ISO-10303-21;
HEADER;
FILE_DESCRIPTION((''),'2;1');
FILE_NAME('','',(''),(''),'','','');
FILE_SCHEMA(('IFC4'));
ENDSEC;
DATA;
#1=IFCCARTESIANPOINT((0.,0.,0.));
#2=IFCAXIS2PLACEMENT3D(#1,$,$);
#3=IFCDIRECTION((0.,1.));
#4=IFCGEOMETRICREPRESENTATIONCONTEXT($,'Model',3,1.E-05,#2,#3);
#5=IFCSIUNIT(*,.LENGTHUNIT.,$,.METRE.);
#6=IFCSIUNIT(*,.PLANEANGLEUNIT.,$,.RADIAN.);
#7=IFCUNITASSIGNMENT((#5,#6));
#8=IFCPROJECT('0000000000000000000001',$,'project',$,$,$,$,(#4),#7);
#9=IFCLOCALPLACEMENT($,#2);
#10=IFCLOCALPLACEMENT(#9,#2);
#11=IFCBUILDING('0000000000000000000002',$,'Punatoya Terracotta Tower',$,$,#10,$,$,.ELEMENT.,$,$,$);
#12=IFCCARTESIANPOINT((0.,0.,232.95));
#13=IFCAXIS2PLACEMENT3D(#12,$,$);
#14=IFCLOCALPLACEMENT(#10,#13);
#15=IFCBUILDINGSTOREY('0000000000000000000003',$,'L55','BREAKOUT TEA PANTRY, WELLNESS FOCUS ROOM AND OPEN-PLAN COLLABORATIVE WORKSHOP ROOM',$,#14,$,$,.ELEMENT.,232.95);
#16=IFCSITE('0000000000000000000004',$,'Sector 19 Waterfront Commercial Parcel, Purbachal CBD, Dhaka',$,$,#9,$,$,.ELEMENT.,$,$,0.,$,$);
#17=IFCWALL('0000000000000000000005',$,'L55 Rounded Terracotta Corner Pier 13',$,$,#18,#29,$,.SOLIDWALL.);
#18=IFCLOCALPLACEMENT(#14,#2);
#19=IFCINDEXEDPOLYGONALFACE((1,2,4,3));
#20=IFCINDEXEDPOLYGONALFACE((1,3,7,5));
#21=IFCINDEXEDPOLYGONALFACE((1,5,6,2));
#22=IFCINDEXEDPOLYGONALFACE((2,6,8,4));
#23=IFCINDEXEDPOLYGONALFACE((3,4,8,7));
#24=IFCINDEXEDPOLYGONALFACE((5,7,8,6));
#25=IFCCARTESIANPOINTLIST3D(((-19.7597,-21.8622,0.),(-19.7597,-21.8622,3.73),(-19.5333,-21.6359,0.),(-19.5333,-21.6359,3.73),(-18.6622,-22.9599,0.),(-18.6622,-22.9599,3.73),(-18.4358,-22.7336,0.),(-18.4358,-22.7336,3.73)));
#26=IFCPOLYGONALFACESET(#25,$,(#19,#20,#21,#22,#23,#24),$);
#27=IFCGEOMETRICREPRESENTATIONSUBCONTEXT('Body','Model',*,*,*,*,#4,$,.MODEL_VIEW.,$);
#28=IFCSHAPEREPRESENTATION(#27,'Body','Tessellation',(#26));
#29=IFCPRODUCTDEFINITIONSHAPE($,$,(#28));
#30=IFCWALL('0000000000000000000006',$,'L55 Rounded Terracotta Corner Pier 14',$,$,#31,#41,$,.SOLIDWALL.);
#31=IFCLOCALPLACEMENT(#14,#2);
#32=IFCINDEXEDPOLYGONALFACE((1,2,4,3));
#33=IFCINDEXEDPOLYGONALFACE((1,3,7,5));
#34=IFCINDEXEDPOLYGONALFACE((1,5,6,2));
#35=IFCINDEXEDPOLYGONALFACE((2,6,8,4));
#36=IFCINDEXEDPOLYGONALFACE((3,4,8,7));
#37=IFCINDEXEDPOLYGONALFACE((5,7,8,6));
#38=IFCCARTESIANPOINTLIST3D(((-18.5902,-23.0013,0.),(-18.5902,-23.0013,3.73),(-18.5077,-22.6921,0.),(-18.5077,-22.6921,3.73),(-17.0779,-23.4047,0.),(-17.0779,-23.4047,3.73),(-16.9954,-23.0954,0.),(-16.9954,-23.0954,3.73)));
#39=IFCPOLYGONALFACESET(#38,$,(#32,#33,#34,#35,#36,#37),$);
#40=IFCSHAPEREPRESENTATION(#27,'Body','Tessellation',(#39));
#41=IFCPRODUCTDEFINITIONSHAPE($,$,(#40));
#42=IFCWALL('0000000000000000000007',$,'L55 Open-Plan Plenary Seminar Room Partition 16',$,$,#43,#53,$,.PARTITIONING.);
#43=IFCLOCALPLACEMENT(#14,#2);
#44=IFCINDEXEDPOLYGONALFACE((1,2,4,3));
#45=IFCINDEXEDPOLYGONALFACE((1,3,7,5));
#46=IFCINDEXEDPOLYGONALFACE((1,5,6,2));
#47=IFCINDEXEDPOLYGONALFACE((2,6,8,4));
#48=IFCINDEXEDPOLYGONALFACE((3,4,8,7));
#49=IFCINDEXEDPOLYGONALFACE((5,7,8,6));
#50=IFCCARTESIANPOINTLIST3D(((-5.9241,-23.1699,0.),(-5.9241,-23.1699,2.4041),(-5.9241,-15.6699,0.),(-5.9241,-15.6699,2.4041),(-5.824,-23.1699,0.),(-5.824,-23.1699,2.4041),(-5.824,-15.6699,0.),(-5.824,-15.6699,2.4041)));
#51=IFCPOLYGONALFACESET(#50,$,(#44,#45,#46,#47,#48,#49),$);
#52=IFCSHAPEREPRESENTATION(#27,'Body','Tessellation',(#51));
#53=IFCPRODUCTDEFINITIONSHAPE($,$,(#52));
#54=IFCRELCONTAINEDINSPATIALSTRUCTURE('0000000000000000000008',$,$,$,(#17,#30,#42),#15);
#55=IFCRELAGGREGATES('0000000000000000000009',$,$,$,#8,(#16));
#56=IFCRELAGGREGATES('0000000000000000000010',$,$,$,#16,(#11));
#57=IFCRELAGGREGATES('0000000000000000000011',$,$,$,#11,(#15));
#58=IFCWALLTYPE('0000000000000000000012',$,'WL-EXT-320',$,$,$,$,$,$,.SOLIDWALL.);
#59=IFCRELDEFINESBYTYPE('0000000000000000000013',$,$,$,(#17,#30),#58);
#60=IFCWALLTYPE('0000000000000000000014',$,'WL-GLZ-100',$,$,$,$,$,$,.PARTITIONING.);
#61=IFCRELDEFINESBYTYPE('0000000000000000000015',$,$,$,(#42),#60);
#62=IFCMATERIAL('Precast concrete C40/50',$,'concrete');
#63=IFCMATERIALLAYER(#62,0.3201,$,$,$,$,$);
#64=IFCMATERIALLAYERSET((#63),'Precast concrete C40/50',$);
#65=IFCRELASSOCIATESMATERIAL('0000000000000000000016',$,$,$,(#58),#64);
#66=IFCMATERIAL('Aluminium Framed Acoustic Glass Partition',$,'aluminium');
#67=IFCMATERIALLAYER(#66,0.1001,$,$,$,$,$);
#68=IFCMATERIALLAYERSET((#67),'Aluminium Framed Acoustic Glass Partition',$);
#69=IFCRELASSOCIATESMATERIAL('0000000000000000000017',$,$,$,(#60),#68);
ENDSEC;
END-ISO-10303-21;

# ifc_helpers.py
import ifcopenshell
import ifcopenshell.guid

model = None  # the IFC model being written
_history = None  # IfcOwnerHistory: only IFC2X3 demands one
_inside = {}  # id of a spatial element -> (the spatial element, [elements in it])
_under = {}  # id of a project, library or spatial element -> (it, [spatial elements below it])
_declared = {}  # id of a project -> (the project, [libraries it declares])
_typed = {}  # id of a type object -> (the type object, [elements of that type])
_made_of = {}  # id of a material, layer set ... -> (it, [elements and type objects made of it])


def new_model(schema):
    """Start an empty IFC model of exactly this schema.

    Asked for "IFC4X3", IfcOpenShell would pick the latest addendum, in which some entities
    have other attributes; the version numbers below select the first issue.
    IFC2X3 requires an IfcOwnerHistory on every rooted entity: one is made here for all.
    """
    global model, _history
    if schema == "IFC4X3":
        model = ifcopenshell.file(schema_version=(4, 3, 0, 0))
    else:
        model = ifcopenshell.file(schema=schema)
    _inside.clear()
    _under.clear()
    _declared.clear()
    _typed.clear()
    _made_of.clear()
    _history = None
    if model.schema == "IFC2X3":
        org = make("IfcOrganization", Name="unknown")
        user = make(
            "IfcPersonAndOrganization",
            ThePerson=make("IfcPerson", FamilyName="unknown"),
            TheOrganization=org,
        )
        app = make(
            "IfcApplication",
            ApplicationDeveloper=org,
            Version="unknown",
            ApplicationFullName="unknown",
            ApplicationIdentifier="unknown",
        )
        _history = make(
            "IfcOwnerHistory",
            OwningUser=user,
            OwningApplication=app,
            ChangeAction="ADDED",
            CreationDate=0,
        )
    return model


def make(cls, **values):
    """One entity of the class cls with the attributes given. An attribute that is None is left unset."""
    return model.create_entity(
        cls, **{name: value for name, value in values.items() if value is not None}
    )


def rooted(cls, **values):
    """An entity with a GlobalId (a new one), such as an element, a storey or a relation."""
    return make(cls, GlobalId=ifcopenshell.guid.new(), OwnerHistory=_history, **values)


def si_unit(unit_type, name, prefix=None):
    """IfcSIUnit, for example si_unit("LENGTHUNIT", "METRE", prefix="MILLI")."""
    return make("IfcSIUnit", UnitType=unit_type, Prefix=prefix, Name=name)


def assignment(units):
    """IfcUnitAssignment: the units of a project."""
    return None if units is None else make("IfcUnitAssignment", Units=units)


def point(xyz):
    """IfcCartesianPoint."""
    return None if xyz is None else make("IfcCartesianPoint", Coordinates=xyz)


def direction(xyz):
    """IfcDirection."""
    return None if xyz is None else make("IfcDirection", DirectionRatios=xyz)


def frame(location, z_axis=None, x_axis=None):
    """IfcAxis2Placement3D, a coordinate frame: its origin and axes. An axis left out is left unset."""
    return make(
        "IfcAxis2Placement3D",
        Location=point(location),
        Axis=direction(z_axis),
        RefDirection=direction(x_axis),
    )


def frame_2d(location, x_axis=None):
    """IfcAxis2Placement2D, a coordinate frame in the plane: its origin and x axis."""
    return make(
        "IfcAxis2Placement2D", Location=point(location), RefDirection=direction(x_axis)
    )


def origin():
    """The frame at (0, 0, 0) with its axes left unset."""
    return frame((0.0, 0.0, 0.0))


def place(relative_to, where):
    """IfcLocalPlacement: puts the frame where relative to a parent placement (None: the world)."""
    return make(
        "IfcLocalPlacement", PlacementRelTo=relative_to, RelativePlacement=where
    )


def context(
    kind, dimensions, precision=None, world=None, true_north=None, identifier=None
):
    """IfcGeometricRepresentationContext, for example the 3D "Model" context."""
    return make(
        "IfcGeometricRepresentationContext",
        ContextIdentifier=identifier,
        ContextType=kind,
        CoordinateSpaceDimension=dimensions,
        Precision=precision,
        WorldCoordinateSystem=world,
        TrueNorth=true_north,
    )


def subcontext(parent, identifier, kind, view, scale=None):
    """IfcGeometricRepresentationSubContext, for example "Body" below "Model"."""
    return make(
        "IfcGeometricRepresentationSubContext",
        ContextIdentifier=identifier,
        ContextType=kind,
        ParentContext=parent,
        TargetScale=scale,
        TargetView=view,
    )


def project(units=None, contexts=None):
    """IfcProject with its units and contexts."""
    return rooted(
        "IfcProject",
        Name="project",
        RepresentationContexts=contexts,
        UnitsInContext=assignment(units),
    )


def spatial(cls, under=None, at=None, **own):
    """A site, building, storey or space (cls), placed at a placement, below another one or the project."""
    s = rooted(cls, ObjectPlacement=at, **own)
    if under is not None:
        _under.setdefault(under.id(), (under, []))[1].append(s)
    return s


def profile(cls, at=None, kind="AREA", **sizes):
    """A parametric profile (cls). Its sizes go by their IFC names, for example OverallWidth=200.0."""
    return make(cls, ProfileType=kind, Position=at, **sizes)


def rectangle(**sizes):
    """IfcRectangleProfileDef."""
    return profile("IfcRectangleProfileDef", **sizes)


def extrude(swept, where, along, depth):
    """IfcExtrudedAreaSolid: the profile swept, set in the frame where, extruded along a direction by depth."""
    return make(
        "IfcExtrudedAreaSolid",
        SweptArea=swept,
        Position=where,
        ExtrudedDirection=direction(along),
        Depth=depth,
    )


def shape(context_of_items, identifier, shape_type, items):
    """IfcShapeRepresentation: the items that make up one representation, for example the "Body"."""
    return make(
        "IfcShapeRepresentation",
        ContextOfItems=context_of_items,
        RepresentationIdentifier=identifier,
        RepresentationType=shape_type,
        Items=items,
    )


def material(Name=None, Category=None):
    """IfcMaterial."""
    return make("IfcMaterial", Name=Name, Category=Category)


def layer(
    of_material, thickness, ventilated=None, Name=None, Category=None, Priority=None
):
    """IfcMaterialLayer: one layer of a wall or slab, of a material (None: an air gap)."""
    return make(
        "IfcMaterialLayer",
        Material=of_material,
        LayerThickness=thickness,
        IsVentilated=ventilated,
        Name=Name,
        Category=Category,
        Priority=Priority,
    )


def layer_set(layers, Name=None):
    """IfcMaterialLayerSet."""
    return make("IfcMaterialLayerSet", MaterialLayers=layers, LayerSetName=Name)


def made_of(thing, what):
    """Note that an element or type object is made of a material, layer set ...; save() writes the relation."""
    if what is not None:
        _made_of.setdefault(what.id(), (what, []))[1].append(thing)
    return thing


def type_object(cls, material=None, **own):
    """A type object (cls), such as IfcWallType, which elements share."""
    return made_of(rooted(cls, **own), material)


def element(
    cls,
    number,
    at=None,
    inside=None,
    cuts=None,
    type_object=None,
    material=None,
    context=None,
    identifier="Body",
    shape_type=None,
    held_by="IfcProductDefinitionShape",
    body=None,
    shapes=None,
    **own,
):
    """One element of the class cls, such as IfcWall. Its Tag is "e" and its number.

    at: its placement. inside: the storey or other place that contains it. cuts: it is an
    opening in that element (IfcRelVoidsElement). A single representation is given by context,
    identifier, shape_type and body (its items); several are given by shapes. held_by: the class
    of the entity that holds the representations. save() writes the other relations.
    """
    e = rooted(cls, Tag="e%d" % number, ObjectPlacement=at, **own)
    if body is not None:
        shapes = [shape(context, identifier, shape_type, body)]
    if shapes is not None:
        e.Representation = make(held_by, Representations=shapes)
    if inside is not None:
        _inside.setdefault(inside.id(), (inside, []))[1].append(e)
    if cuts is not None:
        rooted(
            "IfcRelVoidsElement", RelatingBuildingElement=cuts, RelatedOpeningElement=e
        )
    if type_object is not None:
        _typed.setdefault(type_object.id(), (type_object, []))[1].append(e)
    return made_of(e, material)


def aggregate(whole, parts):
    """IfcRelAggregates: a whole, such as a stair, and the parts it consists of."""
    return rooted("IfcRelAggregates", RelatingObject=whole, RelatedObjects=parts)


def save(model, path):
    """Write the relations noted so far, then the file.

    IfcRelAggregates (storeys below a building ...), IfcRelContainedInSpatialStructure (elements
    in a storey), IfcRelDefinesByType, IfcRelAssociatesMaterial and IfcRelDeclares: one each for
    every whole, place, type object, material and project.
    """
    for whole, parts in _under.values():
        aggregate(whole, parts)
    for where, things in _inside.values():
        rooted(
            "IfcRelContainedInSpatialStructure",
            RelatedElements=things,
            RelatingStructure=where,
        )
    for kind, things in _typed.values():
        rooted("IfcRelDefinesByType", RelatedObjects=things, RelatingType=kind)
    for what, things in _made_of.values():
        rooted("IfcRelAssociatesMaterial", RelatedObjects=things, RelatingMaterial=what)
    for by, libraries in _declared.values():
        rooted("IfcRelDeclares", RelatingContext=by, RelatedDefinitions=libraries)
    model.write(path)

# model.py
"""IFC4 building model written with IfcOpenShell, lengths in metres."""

from ifc_helpers import new_model, si_unit, direction, frame, frame_2d, origin, place, context, subcontext, project, spatial, rectangle, extrude, material, layer, layer_set, type_object, element, save


model = new_model("IFC4")

# Units and contexts
model_context = context("Model", 3, precision=1e-05, world=origin(), true_north=direction((0.0, 1.0)))
body_context = subcontext(model_context, "Body", "Model", "MODEL_VIEW")
ifc_project = project(units=[si_unit("LENGTHUNIT", "METRE"), si_unit("PLANEANGLEUNIT", "RADIAN")], contexts=[model_context])

# Site, building, storey
site_placement = place(None, origin())
site = spatial("IfcSite", under=ifc_project, at=site_placement, Name="Sector 19 Waterfront Commercial Parcel, Purbachal CBD, Dhaka", CompositionType="ELEMENT", RefElevation=0.0)
building_placement = place(site_placement, origin())
building = spatial("IfcBuilding", under=site, at=building_placement, Name="Punatoya Terracotta Tower", CompositionType="ELEMENT")
storey_placement = place(building_placement, frame((0.0, 0.0, 232.95)))
storey = spatial("IfcBuildingStorey", under=building, at=storey_placement, Name="L55", Description="BREAKOUT TEA PANTRY, WELLNESS FOCUS ROOM AND OPEN-PLAN COLLABORATIVE WORKSHOP ROOM", CompositionType="ELEMENT", Elevation=232.95)

# Walls
ifc_material_1 = material(Name="Precast concrete C40/50", Category="concrete")
ifc_layer_1 = layer(ifc_material_1, 0.3201)
ifc_layer_set_1 = layer_set([ifc_layer_1], Name="Precast concrete C40/50")
wall_type_1 = type_object("IfcWallType", Name="WL-EXT-320", PredefinedType="SOLIDWALL", material=ifc_layer_set_1)
wall_1_placement = place(storey_placement, frame((-19.6465, -21.749, 0.0), z_axis=(0.0, 0.0, 1.0), x_axis=(0.707028, -0.707185, 0.0)))
element("IfcWall", 1, at=wall_1_placement, inside=storey, type_object=wall_type_1, Name="L55 Rounded Terracotta Corner Pier 13", PredefinedType="SOLIDWALL", context=body_context, shape_type="SweptSolid", body=[
    extrude(rectangle(XDim=1.5522, YDim=0.3201, at=frame_2d((0.7761, 0.0))), origin(), (0.0, 0.0, 1.0), 3.73),
])
wall_2_placement = place(storey_placement, frame((-18.5491, -22.8467, 0.0), z_axis=(0.0, 0.0, 1.0), x_axis=(0.966225, -0.257701, 0.0)))
element("IfcWall", 2, at=wall_2_placement, inside=storey, type_object=wall_type_1, Name="L55 Rounded Terracotta Corner Pier 14", PredefinedType="SOLIDWALL", context=body_context, shape_type="SweptSolid", body=[
    extrude(rectangle(XDim=1.5652, YDim=0.3201, at=frame_2d((0.7827, 0.0))), origin(), (0.0, 0.0, 1.0), 3.73),
])
ifc_material_2 = material(Name="Aluminium Framed Acoustic Glass Partition", Category="aluminium")
ifc_layer_2 = layer(ifc_material_2, 0.1001)
ifc_layer_set_2 = layer_set([ifc_layer_2], Name="Aluminium Framed Acoustic Glass Partition")
wall_type_2 = type_object("IfcWallType", Name="WL-GLZ-100", PredefinedType="PARTITIONING", material=ifc_layer_set_2)
wall_3_placement = place(storey_placement, frame((-5.874, -23.1699, 0.0), z_axis=(0.0, 0.0, 1.0), x_axis=(0.0, 1.0, 0.0)))
element("IfcWall", 3, at=wall_3_placement, inside=storey, type_object=wall_type_2, Name="L55 Open-Plan Plenary Seminar Room Partition 16", PredefinedType="PARTITIONING", context=body_context, shape_type="SweptSolid", body=[
    extrude(rectangle(XDim=7.5, YDim=0.1001, at=frame_2d((3.75, 0.0))), origin(), (0.0, 0.0, 1.0), 2.4041),
])

save(model, "model.ifc")
